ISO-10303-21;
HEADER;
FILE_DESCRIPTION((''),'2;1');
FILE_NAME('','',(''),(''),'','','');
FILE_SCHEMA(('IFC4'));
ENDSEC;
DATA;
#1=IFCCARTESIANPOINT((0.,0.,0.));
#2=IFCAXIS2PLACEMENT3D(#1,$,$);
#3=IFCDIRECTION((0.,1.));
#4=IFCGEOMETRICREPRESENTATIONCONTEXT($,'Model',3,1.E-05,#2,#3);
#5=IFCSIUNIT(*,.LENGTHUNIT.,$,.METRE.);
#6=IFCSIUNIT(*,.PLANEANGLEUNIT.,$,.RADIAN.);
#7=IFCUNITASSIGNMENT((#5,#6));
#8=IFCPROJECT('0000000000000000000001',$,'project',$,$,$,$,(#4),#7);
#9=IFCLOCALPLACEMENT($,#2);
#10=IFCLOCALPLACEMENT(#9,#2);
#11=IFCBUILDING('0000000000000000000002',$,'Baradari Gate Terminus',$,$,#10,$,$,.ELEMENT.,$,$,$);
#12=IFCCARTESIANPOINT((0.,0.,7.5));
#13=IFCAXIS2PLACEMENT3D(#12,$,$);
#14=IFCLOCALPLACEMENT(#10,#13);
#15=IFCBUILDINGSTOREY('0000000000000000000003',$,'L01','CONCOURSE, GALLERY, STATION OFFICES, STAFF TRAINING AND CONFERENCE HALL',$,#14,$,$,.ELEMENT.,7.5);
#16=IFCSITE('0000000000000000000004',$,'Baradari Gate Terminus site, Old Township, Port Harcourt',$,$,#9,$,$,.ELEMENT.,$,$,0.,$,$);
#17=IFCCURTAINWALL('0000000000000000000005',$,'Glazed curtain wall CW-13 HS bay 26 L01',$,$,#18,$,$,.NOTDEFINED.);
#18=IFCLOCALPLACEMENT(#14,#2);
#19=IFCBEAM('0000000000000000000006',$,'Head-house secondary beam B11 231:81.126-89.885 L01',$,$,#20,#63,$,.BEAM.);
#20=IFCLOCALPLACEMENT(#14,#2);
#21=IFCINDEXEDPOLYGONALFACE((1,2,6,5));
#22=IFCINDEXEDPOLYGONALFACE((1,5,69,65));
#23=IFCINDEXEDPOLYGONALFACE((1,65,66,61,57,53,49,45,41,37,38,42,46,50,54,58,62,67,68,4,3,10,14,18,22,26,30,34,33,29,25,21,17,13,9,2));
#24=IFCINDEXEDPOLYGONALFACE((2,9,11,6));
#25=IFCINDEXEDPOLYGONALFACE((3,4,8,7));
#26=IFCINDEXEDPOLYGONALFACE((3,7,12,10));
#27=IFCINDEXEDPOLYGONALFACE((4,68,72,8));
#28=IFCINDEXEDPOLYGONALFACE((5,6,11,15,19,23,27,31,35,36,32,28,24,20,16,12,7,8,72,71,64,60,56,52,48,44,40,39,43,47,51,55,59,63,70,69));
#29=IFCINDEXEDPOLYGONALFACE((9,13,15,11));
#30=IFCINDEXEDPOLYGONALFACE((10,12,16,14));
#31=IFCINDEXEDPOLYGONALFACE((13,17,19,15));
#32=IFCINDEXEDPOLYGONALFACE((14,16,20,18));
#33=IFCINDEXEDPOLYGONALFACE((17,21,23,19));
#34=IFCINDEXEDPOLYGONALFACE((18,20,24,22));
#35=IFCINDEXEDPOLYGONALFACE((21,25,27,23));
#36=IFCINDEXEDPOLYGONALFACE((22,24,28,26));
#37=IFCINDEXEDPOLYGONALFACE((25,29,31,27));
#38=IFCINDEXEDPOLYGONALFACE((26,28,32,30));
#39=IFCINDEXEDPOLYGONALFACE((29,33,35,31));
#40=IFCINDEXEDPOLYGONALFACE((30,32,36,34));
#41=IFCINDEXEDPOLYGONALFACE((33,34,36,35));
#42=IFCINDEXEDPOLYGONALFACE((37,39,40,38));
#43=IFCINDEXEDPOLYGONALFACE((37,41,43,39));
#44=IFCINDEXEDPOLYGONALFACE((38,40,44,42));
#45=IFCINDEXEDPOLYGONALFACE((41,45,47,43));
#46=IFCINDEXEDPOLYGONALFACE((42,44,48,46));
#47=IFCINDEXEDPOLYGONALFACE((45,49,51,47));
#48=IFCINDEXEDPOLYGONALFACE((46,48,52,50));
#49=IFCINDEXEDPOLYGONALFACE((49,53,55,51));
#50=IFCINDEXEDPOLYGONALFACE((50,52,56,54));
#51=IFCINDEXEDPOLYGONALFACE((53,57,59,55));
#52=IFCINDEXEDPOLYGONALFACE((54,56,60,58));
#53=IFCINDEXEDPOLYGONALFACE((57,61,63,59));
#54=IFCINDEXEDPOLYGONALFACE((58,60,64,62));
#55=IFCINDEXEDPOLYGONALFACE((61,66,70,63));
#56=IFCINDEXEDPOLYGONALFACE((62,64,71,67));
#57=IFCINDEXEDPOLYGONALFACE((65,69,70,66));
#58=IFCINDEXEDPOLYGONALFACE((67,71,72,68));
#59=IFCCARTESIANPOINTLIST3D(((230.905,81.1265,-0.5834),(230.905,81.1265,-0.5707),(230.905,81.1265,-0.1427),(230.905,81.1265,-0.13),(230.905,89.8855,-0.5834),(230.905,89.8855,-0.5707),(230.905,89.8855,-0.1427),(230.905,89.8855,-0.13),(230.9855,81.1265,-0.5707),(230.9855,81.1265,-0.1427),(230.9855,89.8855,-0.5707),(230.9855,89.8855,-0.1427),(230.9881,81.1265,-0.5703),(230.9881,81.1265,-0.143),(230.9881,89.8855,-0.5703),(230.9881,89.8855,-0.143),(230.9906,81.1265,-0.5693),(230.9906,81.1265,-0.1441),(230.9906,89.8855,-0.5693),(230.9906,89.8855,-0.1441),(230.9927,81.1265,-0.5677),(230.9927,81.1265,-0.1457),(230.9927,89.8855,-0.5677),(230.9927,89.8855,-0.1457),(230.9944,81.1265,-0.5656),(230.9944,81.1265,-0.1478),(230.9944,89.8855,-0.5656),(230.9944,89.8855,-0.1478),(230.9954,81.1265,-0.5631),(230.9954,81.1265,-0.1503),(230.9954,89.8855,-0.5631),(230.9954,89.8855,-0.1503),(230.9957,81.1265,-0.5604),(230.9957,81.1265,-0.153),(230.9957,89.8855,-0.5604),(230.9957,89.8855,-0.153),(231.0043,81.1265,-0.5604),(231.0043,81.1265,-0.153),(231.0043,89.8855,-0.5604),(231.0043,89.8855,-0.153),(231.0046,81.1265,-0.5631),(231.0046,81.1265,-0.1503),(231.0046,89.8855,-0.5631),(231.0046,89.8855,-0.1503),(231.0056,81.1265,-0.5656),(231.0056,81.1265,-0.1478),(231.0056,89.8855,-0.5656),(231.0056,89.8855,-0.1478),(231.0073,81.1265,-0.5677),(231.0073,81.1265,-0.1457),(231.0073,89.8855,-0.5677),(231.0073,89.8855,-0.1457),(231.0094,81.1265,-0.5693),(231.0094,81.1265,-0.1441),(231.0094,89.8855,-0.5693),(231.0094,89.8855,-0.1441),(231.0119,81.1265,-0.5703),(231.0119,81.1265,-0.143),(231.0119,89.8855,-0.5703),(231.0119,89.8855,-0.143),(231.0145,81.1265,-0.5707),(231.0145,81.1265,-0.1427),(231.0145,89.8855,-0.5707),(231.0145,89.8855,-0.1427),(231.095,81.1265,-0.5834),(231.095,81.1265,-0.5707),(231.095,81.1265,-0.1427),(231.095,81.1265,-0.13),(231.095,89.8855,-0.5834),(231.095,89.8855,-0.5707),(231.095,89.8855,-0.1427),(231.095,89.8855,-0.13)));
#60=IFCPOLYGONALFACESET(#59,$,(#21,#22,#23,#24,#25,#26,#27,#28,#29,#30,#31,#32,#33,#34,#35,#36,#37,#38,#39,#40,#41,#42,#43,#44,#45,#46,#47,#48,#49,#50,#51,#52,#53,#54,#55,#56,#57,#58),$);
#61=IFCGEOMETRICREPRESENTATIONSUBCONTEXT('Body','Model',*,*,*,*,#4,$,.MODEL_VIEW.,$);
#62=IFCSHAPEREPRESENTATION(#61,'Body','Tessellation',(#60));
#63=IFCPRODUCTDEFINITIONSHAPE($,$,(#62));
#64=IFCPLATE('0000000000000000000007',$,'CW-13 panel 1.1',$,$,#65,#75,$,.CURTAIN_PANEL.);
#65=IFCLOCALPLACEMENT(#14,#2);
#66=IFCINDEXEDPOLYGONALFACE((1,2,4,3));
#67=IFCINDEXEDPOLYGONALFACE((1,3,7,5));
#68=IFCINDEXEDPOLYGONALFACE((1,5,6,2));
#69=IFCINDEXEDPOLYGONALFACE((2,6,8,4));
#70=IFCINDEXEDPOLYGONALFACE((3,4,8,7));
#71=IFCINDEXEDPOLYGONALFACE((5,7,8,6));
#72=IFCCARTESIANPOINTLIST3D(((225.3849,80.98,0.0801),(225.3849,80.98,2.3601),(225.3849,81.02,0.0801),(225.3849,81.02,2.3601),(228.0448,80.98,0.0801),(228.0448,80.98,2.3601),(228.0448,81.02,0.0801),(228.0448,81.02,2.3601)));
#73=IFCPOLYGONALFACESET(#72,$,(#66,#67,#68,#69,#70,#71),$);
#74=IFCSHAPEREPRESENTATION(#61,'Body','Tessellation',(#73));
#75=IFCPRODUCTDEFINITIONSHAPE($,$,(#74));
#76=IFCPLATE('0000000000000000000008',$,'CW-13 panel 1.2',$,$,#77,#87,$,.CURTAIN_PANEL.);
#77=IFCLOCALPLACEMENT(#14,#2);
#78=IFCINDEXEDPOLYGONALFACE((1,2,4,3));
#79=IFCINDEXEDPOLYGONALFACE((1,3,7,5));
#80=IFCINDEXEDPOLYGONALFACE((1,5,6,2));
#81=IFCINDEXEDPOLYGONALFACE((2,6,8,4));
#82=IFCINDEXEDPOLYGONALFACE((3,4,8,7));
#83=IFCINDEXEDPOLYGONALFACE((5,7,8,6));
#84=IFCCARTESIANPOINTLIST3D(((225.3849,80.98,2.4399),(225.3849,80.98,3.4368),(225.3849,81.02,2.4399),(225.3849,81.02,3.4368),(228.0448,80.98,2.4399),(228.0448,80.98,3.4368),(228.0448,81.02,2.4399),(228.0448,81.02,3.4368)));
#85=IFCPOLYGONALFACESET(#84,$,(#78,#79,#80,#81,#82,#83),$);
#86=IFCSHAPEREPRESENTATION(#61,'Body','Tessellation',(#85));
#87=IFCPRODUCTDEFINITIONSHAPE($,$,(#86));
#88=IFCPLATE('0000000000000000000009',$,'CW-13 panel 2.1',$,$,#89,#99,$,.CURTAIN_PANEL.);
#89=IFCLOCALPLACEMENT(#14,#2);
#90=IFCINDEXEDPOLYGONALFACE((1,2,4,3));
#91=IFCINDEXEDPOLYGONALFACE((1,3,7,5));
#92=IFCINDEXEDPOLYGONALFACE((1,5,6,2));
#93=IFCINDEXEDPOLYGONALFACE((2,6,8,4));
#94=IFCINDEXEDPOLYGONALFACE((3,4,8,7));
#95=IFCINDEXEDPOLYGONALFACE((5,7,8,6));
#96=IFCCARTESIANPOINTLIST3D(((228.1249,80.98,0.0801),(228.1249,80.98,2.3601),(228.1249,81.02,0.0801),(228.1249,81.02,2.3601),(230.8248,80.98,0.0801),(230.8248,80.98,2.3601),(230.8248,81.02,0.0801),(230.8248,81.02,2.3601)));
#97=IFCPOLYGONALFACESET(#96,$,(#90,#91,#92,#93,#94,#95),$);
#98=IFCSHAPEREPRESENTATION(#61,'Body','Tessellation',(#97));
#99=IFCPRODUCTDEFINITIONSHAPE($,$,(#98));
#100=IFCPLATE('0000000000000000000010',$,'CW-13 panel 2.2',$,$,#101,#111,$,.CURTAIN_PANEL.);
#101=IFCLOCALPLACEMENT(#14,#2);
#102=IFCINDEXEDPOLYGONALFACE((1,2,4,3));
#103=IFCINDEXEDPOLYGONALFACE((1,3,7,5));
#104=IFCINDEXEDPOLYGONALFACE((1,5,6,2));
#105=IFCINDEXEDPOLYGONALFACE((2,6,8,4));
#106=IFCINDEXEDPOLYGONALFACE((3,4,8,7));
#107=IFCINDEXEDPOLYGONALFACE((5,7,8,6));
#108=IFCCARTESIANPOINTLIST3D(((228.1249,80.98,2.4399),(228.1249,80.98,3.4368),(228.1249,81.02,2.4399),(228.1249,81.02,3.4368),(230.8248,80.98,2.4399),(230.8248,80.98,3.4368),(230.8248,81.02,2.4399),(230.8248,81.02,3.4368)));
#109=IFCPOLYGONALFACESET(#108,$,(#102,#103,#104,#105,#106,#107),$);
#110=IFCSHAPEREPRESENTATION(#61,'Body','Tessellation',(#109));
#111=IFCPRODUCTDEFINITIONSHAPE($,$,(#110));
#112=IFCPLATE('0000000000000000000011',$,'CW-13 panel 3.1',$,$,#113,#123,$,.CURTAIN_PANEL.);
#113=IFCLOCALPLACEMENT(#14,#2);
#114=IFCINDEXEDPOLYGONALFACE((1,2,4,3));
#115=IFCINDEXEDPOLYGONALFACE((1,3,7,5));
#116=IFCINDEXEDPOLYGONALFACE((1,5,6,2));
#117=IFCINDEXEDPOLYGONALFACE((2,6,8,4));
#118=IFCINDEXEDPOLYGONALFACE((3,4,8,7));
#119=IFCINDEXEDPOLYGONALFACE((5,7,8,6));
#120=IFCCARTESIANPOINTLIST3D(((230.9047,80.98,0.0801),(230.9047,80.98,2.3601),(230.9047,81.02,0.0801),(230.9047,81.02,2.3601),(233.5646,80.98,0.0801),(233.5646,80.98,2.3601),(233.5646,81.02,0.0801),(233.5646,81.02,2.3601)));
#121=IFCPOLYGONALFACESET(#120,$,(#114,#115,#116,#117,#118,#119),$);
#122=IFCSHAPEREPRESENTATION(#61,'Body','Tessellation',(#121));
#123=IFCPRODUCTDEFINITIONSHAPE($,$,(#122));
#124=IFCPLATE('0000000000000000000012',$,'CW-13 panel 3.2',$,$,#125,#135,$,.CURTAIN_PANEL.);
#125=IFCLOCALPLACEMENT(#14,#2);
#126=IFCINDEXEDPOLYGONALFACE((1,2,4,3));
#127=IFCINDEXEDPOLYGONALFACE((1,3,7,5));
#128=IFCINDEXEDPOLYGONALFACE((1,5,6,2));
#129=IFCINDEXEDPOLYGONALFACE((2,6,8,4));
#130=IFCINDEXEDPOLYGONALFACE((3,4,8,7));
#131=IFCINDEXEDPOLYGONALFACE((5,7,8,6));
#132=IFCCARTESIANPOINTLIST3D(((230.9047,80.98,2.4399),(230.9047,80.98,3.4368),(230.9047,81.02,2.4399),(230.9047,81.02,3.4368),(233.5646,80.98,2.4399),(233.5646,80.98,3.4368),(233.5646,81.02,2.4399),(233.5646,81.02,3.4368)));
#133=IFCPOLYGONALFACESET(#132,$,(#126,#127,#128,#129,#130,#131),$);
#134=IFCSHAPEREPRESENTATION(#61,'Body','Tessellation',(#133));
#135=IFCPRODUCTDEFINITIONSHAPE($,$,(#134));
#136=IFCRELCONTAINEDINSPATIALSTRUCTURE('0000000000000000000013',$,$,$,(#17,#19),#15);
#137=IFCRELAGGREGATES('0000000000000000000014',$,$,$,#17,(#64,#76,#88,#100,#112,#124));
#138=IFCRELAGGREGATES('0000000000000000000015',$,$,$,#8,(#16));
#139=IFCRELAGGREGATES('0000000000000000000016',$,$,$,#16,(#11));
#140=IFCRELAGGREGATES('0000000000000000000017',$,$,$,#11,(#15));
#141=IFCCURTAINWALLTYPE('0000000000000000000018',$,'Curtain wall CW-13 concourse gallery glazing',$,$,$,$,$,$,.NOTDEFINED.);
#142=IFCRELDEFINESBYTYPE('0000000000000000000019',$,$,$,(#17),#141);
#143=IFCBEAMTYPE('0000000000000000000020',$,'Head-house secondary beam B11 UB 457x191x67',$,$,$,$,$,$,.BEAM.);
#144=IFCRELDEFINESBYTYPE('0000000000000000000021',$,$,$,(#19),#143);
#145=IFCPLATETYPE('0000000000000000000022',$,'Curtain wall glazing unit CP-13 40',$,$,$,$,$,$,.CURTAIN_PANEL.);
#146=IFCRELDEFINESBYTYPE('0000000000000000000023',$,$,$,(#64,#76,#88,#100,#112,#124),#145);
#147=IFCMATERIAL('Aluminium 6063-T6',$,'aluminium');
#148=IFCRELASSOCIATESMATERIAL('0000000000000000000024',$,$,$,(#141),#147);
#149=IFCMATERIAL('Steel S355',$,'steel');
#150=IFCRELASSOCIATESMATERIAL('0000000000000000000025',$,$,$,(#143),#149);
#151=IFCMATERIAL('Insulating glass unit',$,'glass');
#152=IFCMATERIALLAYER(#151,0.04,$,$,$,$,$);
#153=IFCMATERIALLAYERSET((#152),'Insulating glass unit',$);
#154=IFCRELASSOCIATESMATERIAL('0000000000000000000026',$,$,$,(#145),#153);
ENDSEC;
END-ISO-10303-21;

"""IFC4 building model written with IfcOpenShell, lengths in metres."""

from ifc_helpers import new_model, si_unit, direction, frame, origin, origin_2d, place, context, subcontext, project, spatial, rectangle, i_section, extrude, material, layer, layer_set, material_profile, profile_set, type_object, element, aggregate, save


model = new_model("IFC4")

# Units and contexts
model_context = context("Model", 3, precision=1e-05, world=origin(), true_north=direction((0.0, 1.0)))
body_context = subcontext(model_context, "Body", "Model", "MODEL_VIEW")
ifc_project = project(units=[si_unit("LENGTHUNIT", "METRE"), si_unit("PLANEANGLEUNIT", "RADIAN")], contexts=[model_context])

# Site, building, storey
site_placement = place(None, origin())
site = spatial("IfcSite", under=ifc_project, at=site_placement, Name="Baradari Gate Terminus site, Old Township, Port Harcourt", CompositionType="ELEMENT", RefElevation=0.0)
building_placement = place(site_placement, origin())
building = spatial("IfcBuilding", under=site, at=building_placement, Name="Baradari Gate Terminus", CompositionType="ELEMENT")
storey_placement = place(building_placement, frame((0.0, 0.0, 7.5)))
storey = spatial("IfcBuildingStorey", under=building, at=storey_placement, Name="L01", Description="CONCOURSE, GALLERY, STATION OFFICES, STAFF TRAINING AND CONFERENCE HALL", CompositionType="ELEMENT", Elevation=7.5)

# Curtain wall
ifc_material_1 = material(Name="Aluminium 6063-T6", Category="aluminium")
curtain_wall_type = type_object("IfcCurtainWallType", Name="Curtain wall CW-13 concourse gallery glazing", PredefinedType="NOTDEFINED", material=ifc_material_1)
curtain_wall_placement = place(storey_placement, origin())
curtain_wall = element("IfcCurtainWall", 1, at=curtain_wall_placement, inside=storey, type_object=curtain_wall_type, Name="Glazed curtain wall CW-13 HS bay 26 L01", PredefinedType="NOTDEFINED")

# Beam
ifc_material_2 = material(Name="Steel S355", Category="steel")
ifc_material_profile_1 = material_profile(ifc_material_2, i_section(OverallWidth=0.1899, OverallDepth=0.4534, WebThickness=0.0085, FlangeThickness=0.0127, FilletRadius=0.0103, at=origin_2d()), Name="UB 457x191x67")
ifc_profile_set_1 = profile_set([ifc_material_profile_1], Name="Steel S355")
beam_type_1 = type_object("IfcBeamType", Name="Head-house secondary beam B11 UB 457x191x67", PredefinedType="BEAM", material=ifc_profile_set_1)
for number, where, z_axis, x_axis, name in (
    (2, (231.0, 81.1265, -0.3567), (0.0, 1.0, 0.0), (-1.0, 0.0, 0.0), "Head-house secondary beam B11 231:81.126-89.885 L01"),
):
    element("IfcBeam", number, at=place(storey_placement, frame(where, z_axis=z_axis, x_axis=x_axis)), inside=storey, type_object=beam_type_1, Name=name, PredefinedType="BEAM", context=body_context, shape_type="SweptSolid", body=[
        extrude(i_section(OverallWidth=0.1899, OverallDepth=0.4534, WebThickness=0.0085, FlangeThickness=0.0127, FilletRadius=0.0103, at=origin_2d()), origin(), (0.0, 0.0, 1.0), 8.759),
    ])

# Plates
ifc_material_3 = material(Name="Insulating glass unit", Category="glass")
ifc_layer = layer(ifc_material_3, 0.04)
ifc_layer_set = layer_set([ifc_layer], Name="Insulating glass unit")
plate_type = type_object("IfcPlateType", Name="Curtain wall glazing unit CP-13 40", PredefinedType="CURTAIN_PANEL", material=ifc_layer_set)
plate_1_placement = place(storey_placement, frame((226.7148, 81.0, 0.0801), z_axis=(0.0, 0.0, 1.0), x_axis=(1.0, 0.0, 0.0)))
plate_1 = element("IfcPlate", 3, at=plate_1_placement, type_object=plate_type, Name="CW-13 panel 1.1", PredefinedType="CURTAIN_PANEL", context=body_context, shape_type="SweptSolid", body=[
    extrude(rectangle(XDim=2.6599, YDim=0.04, at=origin_2d()), origin(), (0.0, 0.0, 1.0), 2.28),
])
plate_2_placement = place(storey_placement, frame((226.7148, 81.0, 2.4399), z_axis=(0.0, 0.0, 1.0), x_axis=(1.0, 0.0, 0.0)))
plate_2 = element("IfcPlate", 4, at=plate_2_placement, type_object=plate_type, Name="CW-13 panel 1.2", PredefinedType="CURTAIN_PANEL", context=body_context, shape_type="SweptSolid", body=[
    extrude(rectangle(XDim=2.6599, YDim=0.04, at=origin_2d()), origin(), (0.0, 0.0, 1.0), 0.9968),
])
plate_3_placement = place(storey_placement, frame((229.4749, 81.0, 0.0801), z_axis=(0.0, 0.0, 1.0), x_axis=(1.0, 0.0, 0.0)))
plate_3 = element("IfcPlate", 5, at=plate_3_placement, type_object=plate_type, Name="CW-13 panel 2.1", PredefinedType="CURTAIN_PANEL", context=body_context, shape_type="SweptSolid", body=[
    extrude(rectangle(XDim=2.7, YDim=0.04, at=origin_2d()), origin(), (0.0, 0.0, 1.0), 2.28),
])
plate_4_placement = place(storey_placement, frame((229.4749, 81.0, 2.4399), z_axis=(0.0, 0.0, 1.0), x_axis=(1.0, 0.0, 0.0)))
plate_4 = element("IfcPlate", 6, at=plate_4_placement, type_object=plate_type, Name="CW-13 panel 2.2", PredefinedType="CURTAIN_PANEL", context=body_context, shape_type="SweptSolid", body=[
    extrude(rectangle(XDim=2.7, YDim=0.04, at=origin_2d()), origin(), (0.0, 0.0, 1.0), 0.9968),
])
plate_5_placement = place(storey_placement, frame((232.2346, 81.0, 0.0801), z_axis=(0.0, 0.0, 1.0), x_axis=(1.0, 0.0, 0.0)))
plate_5 = element("IfcPlate", 7, at=plate_5_placement, type_object=plate_type, Name="CW-13 panel 3.1", PredefinedType="CURTAIN_PANEL", context=body_context, shape_type="SweptSolid", body=[
    extrude(rectangle(XDim=2.6599, YDim=0.04, at=origin_2d()), origin(), (0.0, 0.0, 1.0), 2.28),
])
plate_6_placement = place(storey_placement, frame((232.2346, 81.0, 2.4399), z_axis=(0.0, 0.0, 1.0), x_axis=(1.0, 0.0, 0.0)))
plate_6 = element("IfcPlate", 8, at=plate_6_placement, type_object=plate_type, Name="CW-13 panel 3.2", PredefinedType="CURTAIN_PANEL", context=body_context, shape_type="SweptSolid", body=[
    extrude(rectangle(XDim=2.6599, YDim=0.04, at=origin_2d()), origin(), (0.0, 0.0, 1.0), 0.9968),
])
aggregate(curtain_wall, [plate_1, plate_2, plate_3, plate_4, plate_5, plate_6])

save(model, "model.ifc")
